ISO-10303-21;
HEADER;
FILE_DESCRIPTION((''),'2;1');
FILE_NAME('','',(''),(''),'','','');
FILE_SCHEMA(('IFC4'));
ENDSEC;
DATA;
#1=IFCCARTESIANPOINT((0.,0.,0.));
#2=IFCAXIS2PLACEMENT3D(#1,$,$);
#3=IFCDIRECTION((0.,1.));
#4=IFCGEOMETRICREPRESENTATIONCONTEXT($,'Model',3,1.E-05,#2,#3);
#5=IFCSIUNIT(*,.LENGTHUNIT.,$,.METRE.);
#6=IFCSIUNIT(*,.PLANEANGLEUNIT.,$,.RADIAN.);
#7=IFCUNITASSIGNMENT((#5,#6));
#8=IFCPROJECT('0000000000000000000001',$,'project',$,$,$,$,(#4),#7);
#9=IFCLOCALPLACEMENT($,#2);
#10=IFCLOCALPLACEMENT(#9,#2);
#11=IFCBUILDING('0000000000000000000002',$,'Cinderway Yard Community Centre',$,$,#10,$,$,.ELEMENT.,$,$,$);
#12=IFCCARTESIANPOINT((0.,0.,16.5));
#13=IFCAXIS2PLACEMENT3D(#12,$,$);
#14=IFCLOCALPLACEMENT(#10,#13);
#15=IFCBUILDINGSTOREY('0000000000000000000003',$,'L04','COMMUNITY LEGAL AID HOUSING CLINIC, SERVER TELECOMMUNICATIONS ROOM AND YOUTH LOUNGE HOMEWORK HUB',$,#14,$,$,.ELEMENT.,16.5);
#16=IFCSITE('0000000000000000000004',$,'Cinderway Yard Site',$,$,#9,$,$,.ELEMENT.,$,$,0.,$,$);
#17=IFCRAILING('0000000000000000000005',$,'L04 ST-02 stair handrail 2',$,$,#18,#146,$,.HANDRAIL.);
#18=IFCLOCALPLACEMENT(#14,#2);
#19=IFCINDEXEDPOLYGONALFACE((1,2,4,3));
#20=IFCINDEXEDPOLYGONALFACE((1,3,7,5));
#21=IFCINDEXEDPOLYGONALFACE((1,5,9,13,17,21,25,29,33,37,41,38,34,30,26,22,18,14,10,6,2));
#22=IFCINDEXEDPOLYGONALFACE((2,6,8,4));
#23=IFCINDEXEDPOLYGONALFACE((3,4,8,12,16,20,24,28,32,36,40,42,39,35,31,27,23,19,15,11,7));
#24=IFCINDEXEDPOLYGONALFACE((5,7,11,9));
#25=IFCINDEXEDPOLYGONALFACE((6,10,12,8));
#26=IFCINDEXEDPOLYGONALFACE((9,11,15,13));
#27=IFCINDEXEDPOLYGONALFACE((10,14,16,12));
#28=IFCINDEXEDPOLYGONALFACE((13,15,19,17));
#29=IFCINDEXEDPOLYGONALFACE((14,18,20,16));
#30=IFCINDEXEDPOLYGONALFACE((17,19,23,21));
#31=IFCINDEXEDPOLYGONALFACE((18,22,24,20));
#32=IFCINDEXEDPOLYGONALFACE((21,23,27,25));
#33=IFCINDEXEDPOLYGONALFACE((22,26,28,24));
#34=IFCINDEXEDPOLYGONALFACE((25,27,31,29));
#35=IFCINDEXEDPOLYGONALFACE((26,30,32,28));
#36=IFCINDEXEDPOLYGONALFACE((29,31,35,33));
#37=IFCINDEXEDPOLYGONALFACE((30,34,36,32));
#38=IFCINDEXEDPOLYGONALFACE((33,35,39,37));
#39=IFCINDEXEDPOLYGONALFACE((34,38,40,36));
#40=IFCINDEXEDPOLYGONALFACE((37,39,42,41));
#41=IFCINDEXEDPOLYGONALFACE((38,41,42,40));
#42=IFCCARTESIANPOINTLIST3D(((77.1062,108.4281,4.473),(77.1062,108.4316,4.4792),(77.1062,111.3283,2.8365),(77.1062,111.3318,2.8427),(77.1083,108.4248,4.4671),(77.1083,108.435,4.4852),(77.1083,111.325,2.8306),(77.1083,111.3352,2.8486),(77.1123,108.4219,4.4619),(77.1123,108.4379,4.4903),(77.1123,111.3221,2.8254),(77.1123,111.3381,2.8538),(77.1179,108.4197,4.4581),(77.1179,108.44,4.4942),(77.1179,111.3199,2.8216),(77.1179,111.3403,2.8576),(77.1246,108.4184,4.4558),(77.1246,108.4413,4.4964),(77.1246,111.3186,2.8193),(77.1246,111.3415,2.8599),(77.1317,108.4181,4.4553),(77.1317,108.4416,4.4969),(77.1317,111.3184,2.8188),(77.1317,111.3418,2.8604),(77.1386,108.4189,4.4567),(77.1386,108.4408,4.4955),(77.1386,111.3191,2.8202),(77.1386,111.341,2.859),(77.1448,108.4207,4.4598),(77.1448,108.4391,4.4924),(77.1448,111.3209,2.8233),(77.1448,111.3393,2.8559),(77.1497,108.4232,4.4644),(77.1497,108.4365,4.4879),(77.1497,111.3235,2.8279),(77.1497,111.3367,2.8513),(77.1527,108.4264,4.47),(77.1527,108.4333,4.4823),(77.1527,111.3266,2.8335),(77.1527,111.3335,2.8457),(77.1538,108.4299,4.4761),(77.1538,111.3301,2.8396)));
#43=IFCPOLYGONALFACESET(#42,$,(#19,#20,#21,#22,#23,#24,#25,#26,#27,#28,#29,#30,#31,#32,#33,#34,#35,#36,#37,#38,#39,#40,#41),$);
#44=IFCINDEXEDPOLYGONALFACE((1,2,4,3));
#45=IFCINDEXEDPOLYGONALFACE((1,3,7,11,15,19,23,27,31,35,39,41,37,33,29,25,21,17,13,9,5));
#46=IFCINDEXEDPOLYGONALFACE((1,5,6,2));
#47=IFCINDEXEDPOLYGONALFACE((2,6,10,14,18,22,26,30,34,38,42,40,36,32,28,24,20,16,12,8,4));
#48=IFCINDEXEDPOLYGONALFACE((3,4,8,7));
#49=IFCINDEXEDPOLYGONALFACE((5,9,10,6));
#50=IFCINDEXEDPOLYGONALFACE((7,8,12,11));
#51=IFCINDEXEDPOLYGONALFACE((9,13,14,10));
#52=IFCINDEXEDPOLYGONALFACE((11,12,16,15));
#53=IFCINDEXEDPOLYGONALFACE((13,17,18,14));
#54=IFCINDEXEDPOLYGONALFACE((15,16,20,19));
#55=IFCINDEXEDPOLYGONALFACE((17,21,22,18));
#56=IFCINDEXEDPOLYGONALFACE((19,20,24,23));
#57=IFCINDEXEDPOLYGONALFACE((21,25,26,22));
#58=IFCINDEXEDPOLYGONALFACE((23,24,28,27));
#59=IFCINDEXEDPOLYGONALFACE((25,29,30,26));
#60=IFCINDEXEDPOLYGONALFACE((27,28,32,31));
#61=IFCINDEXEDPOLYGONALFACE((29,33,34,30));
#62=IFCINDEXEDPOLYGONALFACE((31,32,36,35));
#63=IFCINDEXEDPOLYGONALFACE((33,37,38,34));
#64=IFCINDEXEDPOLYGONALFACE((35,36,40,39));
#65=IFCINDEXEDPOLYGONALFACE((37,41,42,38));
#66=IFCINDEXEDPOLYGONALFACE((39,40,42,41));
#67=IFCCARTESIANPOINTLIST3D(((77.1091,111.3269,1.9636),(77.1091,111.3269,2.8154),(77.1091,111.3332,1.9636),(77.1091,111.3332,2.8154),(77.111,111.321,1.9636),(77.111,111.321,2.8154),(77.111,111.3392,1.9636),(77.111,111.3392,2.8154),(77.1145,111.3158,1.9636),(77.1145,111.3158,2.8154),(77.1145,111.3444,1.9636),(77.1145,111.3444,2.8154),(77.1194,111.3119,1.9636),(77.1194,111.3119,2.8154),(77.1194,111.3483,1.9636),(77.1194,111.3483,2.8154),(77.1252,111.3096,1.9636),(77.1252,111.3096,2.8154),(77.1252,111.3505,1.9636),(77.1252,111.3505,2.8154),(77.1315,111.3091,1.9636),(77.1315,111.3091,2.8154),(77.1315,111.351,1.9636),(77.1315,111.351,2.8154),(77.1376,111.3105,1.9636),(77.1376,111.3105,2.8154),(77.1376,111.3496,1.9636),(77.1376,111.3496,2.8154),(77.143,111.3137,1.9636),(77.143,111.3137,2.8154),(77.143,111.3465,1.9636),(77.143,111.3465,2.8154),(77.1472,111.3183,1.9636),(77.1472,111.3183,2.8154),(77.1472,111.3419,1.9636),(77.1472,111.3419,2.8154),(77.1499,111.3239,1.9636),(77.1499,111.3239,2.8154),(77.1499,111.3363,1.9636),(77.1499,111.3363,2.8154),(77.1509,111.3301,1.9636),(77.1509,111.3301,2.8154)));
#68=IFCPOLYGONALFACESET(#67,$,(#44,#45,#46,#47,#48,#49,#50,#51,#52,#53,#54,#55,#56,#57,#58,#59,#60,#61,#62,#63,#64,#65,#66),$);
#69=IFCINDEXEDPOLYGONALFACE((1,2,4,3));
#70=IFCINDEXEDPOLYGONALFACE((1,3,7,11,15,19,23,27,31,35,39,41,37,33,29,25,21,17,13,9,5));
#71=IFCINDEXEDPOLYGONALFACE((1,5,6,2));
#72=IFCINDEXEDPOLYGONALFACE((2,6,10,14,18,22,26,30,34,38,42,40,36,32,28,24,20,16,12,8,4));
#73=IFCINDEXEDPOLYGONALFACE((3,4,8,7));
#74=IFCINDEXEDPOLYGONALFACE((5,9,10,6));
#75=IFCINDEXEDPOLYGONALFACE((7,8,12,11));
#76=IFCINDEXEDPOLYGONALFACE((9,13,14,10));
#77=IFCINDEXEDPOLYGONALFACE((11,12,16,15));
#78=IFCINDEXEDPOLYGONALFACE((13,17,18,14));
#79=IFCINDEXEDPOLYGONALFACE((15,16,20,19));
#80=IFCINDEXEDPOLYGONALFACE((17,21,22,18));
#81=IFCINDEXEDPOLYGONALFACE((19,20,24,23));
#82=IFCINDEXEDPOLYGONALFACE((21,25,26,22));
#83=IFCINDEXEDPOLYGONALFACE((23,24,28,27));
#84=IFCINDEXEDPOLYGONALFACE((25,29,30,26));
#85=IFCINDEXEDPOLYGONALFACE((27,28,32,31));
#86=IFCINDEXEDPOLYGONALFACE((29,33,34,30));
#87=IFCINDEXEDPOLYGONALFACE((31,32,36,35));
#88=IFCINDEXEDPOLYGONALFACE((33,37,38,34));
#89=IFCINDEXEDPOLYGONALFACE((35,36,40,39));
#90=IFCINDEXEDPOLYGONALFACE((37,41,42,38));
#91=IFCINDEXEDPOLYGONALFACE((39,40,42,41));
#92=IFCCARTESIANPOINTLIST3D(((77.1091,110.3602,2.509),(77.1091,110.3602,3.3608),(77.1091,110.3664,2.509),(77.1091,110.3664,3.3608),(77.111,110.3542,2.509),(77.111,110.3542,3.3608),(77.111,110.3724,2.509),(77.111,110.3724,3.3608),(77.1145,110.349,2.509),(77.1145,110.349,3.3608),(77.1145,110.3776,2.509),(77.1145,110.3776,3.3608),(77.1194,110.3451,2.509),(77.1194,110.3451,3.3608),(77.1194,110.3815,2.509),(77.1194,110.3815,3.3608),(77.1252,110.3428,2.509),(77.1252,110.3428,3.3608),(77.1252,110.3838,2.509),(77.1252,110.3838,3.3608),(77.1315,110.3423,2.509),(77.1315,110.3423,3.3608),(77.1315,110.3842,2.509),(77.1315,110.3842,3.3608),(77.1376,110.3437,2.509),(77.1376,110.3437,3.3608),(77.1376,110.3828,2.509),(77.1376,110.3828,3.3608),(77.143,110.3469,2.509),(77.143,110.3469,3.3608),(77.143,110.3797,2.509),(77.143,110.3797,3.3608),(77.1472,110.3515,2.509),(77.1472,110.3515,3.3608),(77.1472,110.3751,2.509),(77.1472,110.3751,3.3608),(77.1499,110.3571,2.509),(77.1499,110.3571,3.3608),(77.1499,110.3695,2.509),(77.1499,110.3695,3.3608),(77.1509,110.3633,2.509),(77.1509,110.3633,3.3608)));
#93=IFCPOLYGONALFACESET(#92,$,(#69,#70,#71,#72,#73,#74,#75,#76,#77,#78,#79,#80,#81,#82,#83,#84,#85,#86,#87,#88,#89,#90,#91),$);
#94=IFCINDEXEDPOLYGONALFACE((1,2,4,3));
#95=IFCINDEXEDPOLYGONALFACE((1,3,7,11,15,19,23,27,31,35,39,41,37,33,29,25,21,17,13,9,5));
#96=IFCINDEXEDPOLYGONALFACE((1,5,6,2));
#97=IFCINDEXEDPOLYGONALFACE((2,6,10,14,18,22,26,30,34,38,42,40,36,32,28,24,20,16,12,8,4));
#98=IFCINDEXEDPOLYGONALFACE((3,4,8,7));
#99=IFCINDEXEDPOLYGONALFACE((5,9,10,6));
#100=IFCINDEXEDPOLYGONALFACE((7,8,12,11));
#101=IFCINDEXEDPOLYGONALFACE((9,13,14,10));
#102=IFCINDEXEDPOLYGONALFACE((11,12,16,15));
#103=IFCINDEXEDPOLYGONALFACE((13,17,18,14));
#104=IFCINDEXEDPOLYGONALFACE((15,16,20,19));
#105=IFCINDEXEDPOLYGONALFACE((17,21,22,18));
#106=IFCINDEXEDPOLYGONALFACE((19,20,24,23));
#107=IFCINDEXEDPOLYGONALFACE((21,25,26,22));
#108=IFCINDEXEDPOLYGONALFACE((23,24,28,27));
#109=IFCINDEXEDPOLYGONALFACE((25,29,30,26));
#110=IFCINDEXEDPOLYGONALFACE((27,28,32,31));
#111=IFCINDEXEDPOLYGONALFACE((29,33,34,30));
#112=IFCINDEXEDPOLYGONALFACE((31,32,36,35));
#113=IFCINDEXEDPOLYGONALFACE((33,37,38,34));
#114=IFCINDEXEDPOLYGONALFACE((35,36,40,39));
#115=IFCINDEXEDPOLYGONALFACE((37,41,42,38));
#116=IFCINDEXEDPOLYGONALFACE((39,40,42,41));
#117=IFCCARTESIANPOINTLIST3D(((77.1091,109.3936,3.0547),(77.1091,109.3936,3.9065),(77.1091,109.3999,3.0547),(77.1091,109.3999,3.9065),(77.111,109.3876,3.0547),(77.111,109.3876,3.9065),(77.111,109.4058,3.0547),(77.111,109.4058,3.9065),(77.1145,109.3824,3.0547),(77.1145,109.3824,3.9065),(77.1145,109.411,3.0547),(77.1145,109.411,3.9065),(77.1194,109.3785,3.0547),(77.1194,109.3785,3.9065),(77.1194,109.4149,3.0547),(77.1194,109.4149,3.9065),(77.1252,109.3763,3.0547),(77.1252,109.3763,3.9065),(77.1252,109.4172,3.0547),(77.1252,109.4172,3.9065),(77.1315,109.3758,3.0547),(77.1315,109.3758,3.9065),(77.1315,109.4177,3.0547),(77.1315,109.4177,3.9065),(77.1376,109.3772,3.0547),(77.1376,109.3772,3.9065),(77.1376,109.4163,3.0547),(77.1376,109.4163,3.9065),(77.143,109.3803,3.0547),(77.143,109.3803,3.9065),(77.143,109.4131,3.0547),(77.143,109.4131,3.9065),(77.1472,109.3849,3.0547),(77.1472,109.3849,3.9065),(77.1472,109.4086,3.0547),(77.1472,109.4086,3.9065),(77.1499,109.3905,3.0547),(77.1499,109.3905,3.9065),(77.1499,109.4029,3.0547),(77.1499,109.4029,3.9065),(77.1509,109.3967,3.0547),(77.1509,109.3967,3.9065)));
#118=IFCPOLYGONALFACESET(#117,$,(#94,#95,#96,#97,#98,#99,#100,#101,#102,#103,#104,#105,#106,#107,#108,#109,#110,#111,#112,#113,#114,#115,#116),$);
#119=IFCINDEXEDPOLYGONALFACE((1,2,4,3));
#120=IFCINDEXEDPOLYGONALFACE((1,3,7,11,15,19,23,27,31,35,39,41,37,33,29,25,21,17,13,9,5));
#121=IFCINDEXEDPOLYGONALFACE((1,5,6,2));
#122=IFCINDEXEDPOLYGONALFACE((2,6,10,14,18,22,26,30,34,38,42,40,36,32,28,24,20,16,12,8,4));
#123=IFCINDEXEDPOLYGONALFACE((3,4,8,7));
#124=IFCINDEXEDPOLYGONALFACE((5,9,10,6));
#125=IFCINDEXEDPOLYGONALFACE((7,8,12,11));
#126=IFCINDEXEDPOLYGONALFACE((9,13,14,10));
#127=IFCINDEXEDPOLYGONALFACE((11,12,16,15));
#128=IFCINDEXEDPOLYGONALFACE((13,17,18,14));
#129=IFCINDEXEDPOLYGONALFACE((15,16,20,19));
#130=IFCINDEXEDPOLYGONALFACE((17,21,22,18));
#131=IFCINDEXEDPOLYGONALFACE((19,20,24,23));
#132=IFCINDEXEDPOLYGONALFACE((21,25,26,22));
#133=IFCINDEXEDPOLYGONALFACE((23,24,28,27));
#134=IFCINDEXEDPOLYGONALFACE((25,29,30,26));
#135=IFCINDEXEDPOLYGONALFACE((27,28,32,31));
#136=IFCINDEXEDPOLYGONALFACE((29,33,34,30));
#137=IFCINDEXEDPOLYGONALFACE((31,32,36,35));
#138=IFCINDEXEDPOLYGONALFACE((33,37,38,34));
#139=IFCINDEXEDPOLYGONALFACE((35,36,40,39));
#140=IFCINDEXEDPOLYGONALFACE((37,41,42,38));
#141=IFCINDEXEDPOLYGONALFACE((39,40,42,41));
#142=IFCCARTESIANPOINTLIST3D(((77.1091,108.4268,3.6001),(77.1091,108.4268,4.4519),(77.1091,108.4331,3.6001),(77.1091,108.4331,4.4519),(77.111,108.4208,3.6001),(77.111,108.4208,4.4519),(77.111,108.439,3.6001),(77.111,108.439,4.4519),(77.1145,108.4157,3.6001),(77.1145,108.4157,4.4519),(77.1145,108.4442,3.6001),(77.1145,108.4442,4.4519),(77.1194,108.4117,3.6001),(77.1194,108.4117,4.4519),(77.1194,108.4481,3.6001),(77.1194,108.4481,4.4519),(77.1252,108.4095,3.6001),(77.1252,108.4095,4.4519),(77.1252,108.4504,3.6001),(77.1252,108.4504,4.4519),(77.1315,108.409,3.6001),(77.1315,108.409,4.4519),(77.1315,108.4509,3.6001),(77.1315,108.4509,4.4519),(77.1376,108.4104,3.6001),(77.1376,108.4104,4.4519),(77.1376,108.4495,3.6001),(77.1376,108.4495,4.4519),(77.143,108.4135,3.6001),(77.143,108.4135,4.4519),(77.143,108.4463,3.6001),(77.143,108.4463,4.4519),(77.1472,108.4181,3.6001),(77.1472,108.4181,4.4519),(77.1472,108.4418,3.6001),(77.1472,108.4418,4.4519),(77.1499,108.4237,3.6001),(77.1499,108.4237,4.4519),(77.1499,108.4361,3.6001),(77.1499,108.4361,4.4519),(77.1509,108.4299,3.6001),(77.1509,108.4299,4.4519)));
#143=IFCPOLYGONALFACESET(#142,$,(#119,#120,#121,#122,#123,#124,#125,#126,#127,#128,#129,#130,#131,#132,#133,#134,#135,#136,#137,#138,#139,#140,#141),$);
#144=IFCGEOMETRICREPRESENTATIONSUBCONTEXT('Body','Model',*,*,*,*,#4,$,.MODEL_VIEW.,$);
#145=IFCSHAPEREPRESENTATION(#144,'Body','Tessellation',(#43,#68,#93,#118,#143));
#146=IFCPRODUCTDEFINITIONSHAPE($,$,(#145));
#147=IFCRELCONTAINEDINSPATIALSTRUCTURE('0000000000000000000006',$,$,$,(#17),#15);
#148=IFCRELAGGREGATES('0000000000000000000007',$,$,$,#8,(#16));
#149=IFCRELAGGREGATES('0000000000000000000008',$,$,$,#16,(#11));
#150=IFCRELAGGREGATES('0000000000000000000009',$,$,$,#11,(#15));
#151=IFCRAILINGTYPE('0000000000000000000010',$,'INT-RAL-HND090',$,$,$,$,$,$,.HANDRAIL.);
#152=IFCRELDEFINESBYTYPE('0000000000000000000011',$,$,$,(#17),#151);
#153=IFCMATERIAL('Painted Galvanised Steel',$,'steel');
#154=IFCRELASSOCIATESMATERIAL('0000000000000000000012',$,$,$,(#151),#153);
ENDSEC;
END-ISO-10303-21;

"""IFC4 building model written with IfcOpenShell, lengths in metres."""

from ifc_helpers import new_model, si_unit, direction, frame, origin, origin_2d, place, context, subcontext, project, spatial, circle, extrude, material, type_object, element, save


model = new_model("IFC4")

# Units and contexts
model_context = context("Model", 3, precision=1e-05, world=origin(), true_north=direction((0.0, 1.0)))
body_context = subcontext(model_context, "Body", "Model", "MODEL_VIEW")
ifc_project = project(units=[si_unit("LENGTHUNIT", "METRE"), si_unit("PLANEANGLEUNIT", "RADIAN")], contexts=[model_context])

# Site, building, storey
site_placement = place(None, origin())
site = spatial("IfcSite", under=ifc_project, at=site_placement, Name="Cinderway Yard Site", CompositionType="ELEMENT", RefElevation=0.0)
building_placement = place(site_placement, origin())
building = spatial("IfcBuilding", under=site, at=building_placement, Name="Cinderway Yard Community Centre", CompositionType="ELEMENT")
storey_placement = place(building_placement, frame((0.0, 0.0, 16.5)))
storey = spatial("IfcBuildingStorey", under=building, at=storey_placement, Name="L04", Description="COMMUNITY LEGAL AID HOUSING CLINIC, SERVER TELECOMMUNICATIONS ROOM AND YOUTH LOUNGE HOMEWORK HUB", CompositionType="ELEMENT", Elevation=16.5)

# Shared definitions
ifc_material_1 = material(Name="Painted Galvanised Steel", Category="steel")

# Railing
railing_type_1 = type_object("IfcRailingType", Name="INT-RAL-HND090", PredefinedType="HANDRAIL", material=ifc_material_1)
railing_1_placement = place(storey_placement, frame((77.1299, 111.3301, 1.9636)))
element("IfcRailing", 1, at=railing_1_placement, inside=storey, type_object=railing_type_1, Name="L04 ST-02 stair handrail 2", PredefinedType="HANDRAIL", context=body_context, shape_type="SweptSolid", body=[
    extrude(circle(Radius=0.0239, at=origin_2d()), frame((0.0, 0.0, 0.876), z_axis=(0.0, -0.870915, 0.491434), x_axis=(1.0, 0.0, 0.0)), (0.0, 0.0, 1.0), 3.3301),
    extrude(circle(Radius=0.021, at=origin_2d()), origin(), (0.0, 0.0, 1.0), 0.8518),
    extrude(circle(Radius=0.021, at=origin_2d()), frame((0.0, -0.9668, 0.5454)), (0.0, 0.0, 1.0), 0.8518),
    extrude(circle(Radius=0.021, at=origin_2d()), frame((0.0, -1.9333, 1.0911)), (0.0, 0.0, 1.0), 0.8518),
    extrude(circle(Radius=0.021, at=origin_2d()), frame((0.0, -2.9001, 1.6365)), (0.0, 0.0, 1.0), 0.8518),
])

save(model, "model.ifc")
